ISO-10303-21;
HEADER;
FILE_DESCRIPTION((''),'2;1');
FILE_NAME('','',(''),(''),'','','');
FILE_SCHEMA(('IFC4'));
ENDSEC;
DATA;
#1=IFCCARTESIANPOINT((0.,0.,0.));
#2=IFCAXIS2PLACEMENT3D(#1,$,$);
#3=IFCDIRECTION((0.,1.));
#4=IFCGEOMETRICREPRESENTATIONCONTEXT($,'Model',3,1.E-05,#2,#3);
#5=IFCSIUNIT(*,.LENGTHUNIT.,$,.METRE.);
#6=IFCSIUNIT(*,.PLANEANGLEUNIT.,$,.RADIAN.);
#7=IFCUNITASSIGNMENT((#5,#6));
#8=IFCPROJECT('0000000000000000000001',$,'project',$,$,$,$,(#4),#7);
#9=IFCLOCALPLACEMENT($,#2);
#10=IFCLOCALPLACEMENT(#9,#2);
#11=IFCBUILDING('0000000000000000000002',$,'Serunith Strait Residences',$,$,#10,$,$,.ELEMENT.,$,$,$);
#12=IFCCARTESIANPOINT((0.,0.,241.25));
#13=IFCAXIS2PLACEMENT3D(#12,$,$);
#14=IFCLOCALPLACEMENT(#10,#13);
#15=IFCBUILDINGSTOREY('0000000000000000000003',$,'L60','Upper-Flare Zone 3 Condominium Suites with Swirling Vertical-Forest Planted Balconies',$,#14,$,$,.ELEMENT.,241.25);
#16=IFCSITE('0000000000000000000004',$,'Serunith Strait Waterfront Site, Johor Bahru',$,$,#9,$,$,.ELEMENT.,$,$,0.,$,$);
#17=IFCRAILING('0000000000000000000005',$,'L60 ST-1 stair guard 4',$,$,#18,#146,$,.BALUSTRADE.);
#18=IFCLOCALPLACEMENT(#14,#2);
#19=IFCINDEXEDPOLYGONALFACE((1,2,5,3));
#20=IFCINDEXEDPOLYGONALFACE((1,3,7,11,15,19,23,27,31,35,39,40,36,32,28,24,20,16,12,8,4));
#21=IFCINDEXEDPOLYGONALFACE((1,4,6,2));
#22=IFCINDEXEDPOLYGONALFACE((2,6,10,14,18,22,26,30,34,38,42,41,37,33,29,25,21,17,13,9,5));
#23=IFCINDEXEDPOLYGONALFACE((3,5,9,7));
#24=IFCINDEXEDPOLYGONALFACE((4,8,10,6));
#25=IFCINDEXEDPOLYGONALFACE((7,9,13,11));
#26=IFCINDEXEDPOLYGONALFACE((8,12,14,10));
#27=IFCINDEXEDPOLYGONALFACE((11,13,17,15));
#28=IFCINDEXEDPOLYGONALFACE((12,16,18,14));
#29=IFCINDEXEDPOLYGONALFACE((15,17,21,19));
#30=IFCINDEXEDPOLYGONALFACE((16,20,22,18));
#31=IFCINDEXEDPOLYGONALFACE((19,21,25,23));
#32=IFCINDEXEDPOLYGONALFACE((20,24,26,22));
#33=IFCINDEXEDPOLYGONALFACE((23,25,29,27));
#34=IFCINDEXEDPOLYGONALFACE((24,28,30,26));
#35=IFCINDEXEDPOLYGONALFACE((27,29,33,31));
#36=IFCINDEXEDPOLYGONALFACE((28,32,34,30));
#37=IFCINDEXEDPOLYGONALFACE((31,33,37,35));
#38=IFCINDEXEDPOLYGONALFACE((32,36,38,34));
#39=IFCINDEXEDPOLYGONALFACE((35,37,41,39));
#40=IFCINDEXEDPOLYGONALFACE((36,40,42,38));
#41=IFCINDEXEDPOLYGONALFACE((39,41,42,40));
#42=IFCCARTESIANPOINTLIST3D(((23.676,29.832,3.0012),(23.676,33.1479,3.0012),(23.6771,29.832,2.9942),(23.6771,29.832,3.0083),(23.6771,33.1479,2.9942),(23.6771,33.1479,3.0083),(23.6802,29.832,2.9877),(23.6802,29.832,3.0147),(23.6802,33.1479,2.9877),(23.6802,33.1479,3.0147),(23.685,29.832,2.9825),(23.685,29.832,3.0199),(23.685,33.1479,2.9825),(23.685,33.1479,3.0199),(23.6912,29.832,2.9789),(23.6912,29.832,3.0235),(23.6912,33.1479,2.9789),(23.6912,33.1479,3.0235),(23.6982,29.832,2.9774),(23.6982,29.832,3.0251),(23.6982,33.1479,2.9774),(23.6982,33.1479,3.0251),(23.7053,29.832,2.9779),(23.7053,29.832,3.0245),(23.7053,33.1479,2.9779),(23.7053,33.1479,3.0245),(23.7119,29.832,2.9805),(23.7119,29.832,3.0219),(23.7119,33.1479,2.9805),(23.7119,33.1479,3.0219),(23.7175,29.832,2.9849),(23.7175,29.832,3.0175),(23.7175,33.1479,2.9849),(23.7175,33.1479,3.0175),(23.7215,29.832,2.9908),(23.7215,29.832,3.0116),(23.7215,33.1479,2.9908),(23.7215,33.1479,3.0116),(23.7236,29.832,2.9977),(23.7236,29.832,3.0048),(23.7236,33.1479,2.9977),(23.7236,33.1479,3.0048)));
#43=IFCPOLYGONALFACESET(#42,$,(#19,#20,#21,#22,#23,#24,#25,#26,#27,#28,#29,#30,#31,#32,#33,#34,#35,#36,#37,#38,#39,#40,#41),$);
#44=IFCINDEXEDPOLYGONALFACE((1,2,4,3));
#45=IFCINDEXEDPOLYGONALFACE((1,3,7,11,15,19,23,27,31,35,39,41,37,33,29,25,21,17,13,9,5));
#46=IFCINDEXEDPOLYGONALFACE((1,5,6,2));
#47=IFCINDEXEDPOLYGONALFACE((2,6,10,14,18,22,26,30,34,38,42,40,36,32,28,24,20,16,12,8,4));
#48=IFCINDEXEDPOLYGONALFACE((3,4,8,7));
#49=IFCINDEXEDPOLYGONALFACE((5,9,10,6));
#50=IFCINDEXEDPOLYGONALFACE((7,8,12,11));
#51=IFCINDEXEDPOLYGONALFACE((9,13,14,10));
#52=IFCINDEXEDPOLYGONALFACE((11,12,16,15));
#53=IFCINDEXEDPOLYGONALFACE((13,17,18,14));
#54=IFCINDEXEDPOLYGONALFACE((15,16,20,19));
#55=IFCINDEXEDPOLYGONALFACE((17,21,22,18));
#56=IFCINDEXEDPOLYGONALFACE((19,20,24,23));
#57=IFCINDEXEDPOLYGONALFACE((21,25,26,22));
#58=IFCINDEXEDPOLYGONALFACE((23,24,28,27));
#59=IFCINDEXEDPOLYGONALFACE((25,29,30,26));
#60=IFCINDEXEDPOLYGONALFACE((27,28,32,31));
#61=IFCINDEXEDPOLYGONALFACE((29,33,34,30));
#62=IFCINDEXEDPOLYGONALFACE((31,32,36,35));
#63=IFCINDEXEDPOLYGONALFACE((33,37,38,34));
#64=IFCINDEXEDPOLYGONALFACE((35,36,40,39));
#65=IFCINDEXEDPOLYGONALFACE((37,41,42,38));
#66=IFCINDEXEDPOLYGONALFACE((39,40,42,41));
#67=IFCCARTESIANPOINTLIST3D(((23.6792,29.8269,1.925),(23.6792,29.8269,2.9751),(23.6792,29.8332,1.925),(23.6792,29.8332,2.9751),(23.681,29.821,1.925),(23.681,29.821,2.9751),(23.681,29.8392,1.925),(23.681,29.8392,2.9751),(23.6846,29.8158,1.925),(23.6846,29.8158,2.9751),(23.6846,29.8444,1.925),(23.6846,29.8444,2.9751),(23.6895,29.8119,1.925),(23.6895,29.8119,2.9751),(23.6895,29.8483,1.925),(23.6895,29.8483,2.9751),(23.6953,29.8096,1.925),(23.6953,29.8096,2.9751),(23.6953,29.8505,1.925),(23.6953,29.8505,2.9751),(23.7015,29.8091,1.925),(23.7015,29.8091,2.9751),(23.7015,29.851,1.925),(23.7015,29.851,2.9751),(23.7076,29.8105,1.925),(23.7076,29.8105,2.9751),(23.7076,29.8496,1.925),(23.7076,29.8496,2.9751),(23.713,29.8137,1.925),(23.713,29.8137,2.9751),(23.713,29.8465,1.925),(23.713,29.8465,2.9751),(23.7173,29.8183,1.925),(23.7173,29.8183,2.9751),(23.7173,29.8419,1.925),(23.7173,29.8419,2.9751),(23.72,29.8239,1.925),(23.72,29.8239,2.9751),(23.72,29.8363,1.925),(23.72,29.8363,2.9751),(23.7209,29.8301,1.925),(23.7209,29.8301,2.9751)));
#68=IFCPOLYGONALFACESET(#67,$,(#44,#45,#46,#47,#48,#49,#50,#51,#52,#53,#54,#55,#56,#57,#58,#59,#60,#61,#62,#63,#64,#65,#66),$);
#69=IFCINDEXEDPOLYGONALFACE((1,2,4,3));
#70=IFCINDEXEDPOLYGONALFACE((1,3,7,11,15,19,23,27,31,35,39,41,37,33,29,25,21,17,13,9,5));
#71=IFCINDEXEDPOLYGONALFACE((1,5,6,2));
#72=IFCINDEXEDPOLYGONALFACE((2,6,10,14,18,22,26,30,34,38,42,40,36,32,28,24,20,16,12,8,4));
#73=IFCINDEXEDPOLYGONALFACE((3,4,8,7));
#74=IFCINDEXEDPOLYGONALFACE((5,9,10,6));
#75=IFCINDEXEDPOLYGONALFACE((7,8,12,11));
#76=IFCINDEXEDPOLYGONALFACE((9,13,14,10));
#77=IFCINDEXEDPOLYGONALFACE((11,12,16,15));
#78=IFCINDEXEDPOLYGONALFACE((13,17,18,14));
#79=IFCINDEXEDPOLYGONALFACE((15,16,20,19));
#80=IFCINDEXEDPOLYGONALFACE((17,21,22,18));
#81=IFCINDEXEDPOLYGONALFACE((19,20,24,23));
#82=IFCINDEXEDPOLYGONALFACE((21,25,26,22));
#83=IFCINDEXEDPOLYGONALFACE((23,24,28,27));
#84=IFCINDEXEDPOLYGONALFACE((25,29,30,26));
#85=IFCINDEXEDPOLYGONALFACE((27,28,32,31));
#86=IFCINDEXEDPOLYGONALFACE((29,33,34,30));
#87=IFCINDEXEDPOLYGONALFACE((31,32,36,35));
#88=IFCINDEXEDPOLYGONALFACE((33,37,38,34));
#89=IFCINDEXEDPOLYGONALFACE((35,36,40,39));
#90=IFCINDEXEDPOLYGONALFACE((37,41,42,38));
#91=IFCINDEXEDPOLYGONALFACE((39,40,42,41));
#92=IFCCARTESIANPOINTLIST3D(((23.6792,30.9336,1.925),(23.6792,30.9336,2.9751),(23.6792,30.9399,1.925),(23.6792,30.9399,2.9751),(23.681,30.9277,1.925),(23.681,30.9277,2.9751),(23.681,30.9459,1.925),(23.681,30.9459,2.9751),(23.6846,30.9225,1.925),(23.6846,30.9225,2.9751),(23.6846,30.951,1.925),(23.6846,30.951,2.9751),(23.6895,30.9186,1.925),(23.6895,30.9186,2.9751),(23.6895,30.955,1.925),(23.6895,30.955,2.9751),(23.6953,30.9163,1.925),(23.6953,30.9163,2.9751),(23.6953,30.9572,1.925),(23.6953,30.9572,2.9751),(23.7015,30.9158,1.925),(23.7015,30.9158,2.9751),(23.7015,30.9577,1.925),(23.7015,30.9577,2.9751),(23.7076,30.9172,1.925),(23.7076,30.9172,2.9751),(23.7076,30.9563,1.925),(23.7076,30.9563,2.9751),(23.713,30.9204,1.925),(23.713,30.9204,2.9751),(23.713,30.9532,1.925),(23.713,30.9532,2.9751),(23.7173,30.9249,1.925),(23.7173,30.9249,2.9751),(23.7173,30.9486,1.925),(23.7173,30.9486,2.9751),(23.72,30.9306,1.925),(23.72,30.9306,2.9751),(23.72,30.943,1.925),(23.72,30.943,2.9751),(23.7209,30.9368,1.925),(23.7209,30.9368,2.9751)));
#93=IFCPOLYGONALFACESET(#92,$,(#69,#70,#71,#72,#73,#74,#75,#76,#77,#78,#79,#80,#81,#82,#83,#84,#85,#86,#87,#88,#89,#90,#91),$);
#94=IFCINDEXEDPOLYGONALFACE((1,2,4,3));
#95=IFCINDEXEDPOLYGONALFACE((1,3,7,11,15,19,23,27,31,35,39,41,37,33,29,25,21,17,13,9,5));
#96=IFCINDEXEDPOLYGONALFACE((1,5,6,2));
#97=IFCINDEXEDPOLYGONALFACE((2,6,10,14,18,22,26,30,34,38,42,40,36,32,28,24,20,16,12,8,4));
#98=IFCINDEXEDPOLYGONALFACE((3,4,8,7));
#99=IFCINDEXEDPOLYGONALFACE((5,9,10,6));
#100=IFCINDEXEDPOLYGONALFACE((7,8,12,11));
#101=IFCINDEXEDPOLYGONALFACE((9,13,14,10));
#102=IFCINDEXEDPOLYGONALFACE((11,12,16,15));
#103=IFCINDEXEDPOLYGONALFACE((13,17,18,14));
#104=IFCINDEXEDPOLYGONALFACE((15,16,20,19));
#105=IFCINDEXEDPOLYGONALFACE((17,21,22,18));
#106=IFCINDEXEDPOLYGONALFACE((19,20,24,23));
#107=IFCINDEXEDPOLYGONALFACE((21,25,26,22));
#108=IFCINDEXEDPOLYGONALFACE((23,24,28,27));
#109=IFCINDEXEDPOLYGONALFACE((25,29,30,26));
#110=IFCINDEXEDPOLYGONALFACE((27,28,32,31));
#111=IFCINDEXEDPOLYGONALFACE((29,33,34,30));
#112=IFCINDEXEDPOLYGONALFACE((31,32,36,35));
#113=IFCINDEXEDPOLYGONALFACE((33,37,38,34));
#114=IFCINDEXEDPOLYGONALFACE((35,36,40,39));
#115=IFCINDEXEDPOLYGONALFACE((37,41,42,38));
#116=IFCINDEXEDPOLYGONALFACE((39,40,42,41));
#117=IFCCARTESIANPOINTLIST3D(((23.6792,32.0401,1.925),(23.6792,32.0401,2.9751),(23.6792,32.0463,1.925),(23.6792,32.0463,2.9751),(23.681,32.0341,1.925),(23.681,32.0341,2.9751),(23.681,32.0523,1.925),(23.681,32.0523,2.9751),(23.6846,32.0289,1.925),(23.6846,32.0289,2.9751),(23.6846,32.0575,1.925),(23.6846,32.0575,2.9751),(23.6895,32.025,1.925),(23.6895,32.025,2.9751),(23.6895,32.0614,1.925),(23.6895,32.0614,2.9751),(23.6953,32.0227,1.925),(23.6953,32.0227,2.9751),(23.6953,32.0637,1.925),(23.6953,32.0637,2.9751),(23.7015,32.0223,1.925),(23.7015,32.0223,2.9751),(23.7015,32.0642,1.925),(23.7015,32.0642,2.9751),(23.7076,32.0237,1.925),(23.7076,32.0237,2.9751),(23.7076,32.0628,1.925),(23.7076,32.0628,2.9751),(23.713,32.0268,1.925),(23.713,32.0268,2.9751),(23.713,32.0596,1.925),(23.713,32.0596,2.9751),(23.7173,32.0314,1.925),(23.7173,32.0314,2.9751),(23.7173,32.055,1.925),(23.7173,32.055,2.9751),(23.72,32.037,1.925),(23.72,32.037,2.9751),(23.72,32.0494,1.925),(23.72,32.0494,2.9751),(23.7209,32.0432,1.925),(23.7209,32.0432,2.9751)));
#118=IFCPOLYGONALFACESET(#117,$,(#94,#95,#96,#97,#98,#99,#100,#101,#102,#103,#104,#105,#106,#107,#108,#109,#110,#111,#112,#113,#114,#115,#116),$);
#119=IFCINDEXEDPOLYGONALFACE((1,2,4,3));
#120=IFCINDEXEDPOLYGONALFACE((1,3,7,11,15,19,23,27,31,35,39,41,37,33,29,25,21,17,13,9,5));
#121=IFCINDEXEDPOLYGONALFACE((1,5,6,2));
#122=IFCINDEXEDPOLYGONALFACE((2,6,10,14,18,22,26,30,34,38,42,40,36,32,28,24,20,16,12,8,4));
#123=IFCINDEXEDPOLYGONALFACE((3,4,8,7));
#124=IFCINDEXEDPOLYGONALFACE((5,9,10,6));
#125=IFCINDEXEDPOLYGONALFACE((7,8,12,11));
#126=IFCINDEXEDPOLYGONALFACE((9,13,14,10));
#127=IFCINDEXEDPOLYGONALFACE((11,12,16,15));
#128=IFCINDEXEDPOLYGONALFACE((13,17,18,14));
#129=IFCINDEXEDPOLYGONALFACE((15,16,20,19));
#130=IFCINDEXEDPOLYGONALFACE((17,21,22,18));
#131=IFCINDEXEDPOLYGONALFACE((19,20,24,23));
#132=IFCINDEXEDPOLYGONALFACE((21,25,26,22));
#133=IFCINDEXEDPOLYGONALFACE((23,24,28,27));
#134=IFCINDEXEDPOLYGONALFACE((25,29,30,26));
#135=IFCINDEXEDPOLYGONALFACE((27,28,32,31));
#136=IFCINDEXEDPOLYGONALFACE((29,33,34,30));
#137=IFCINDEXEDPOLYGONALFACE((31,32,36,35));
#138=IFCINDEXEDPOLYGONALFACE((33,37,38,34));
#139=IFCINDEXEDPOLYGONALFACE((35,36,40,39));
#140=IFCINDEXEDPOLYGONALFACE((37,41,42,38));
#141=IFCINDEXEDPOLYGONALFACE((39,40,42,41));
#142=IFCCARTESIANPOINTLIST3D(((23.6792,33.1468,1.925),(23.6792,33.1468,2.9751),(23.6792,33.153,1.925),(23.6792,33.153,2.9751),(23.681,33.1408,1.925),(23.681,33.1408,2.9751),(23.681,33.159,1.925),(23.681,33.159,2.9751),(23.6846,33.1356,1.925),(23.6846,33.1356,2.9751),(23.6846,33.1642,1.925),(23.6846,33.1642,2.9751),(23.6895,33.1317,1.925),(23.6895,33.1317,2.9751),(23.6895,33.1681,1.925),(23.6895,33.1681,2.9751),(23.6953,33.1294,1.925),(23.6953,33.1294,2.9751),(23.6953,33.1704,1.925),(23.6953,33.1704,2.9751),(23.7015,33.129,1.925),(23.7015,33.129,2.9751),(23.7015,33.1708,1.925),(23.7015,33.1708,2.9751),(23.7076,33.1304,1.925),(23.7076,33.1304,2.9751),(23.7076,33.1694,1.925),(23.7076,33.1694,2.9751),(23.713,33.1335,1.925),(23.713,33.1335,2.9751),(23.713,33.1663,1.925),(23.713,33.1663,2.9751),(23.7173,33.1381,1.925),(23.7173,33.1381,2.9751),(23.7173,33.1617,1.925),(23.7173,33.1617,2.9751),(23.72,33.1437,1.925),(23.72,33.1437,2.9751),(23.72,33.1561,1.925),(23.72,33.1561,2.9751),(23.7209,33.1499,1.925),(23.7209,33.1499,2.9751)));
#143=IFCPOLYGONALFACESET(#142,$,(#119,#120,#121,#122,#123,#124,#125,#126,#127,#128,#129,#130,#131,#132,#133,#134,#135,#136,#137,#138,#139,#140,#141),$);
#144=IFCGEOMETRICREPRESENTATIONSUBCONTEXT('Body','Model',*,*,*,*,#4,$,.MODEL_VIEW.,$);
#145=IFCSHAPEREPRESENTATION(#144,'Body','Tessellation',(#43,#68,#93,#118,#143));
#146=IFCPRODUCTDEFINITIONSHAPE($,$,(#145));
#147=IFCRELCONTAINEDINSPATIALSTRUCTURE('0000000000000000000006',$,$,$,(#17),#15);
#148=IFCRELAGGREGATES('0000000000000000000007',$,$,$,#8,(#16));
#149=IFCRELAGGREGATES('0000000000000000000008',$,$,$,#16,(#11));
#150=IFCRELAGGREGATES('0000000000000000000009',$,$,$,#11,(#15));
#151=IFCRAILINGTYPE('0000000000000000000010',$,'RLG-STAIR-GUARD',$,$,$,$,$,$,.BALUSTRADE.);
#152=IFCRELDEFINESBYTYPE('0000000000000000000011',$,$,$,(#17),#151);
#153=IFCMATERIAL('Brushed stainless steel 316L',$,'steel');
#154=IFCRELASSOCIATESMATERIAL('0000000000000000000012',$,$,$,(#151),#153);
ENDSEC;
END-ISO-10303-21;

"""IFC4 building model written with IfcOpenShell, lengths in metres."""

from ifc_helpers import new_model, si_unit, direction, frame, origin, origin_2d, place, context, subcontext, project, spatial, circle, extrude, material, type_object, element, save


model = new_model("IFC4")

# Units and contexts
model_context = context("Model", 3, precision=1e-05, world=origin(), true_north=direction((0.0, 1.0)))
body_context = subcontext(model_context, "Body", "Model", "MODEL_VIEW")
ifc_project = project(units=[si_unit("LENGTHUNIT", "METRE"), si_unit("PLANEANGLEUNIT", "RADIAN")], contexts=[model_context])

# Site, building, storey
site_placement = place(None, origin())
site = spatial("IfcSite", under=ifc_project, at=site_placement, Name="Serunith Strait Waterfront Site, Johor Bahru", CompositionType="ELEMENT", RefElevation=0.0)
building_placement = place(site_placement, origin())
building = spatial("IfcBuilding", under=site, at=building_placement, Name="Serunith Strait Residences", CompositionType="ELEMENT")
storey_placement = place(building_placement, frame((0.0, 0.0, 241.25)))
storey = spatial("IfcBuildingStorey", under=building, at=storey_placement, Name="L60", Description="Upper-Flare Zone 3 Condominium Suites with Swirling Vertical-Forest Planted Balconies", CompositionType="ELEMENT", Elevation=241.25)

# Railing
ifc_material_1 = material(Name="Brushed stainless steel 316L", Category="steel")
railing_type_1 = type_object("IfcRailingType", Name="RLG-STAIR-GUARD", PredefinedType="BALUSTRADE", material=ifc_material_1)
for number, where, name in (
    (1, (23.7, 29.8301, 1.925), "L60 ST-1 stair guard 4"),
):
    element("IfcRailing", number, at=place(storey_placement, frame(where)), inside=storey, type_object=railing_type_1, Name=name, PredefinedType="BALUSTRADE", context=body_context, shape_type="SweptSolid", body=[
        extrude(circle(Radius=0.0239, at=origin_2d()), frame((0.0, 0.002, 1.0762), z_axis=(0.0, 1.0, 0.0), x_axis=(-1.0, 0.0, 0.0)), (0.0, 0.0, 1.0), 3.3159),
        extrude(circle(Radius=0.021, at=origin_2d()), origin(), (0.0, 0.0, 1.0), 1.05),
        extrude(circle(Radius=0.021, at=origin_2d()), frame((0.0, 1.1067, 0.0)), (0.0, 0.0, 1.0), 1.05),
        extrude(circle(Radius=0.021, at=origin_2d()), frame((0.0, 2.2131, 0.0)), (0.0, 0.0, 1.0), 1.05),
        extrude(circle(Radius=0.021, at=origin_2d()), frame((0.0, 3.3198, 0.0)), (0.0, 0.0, 1.0), 1.05),
    ])

save(model, "model.ifc")
